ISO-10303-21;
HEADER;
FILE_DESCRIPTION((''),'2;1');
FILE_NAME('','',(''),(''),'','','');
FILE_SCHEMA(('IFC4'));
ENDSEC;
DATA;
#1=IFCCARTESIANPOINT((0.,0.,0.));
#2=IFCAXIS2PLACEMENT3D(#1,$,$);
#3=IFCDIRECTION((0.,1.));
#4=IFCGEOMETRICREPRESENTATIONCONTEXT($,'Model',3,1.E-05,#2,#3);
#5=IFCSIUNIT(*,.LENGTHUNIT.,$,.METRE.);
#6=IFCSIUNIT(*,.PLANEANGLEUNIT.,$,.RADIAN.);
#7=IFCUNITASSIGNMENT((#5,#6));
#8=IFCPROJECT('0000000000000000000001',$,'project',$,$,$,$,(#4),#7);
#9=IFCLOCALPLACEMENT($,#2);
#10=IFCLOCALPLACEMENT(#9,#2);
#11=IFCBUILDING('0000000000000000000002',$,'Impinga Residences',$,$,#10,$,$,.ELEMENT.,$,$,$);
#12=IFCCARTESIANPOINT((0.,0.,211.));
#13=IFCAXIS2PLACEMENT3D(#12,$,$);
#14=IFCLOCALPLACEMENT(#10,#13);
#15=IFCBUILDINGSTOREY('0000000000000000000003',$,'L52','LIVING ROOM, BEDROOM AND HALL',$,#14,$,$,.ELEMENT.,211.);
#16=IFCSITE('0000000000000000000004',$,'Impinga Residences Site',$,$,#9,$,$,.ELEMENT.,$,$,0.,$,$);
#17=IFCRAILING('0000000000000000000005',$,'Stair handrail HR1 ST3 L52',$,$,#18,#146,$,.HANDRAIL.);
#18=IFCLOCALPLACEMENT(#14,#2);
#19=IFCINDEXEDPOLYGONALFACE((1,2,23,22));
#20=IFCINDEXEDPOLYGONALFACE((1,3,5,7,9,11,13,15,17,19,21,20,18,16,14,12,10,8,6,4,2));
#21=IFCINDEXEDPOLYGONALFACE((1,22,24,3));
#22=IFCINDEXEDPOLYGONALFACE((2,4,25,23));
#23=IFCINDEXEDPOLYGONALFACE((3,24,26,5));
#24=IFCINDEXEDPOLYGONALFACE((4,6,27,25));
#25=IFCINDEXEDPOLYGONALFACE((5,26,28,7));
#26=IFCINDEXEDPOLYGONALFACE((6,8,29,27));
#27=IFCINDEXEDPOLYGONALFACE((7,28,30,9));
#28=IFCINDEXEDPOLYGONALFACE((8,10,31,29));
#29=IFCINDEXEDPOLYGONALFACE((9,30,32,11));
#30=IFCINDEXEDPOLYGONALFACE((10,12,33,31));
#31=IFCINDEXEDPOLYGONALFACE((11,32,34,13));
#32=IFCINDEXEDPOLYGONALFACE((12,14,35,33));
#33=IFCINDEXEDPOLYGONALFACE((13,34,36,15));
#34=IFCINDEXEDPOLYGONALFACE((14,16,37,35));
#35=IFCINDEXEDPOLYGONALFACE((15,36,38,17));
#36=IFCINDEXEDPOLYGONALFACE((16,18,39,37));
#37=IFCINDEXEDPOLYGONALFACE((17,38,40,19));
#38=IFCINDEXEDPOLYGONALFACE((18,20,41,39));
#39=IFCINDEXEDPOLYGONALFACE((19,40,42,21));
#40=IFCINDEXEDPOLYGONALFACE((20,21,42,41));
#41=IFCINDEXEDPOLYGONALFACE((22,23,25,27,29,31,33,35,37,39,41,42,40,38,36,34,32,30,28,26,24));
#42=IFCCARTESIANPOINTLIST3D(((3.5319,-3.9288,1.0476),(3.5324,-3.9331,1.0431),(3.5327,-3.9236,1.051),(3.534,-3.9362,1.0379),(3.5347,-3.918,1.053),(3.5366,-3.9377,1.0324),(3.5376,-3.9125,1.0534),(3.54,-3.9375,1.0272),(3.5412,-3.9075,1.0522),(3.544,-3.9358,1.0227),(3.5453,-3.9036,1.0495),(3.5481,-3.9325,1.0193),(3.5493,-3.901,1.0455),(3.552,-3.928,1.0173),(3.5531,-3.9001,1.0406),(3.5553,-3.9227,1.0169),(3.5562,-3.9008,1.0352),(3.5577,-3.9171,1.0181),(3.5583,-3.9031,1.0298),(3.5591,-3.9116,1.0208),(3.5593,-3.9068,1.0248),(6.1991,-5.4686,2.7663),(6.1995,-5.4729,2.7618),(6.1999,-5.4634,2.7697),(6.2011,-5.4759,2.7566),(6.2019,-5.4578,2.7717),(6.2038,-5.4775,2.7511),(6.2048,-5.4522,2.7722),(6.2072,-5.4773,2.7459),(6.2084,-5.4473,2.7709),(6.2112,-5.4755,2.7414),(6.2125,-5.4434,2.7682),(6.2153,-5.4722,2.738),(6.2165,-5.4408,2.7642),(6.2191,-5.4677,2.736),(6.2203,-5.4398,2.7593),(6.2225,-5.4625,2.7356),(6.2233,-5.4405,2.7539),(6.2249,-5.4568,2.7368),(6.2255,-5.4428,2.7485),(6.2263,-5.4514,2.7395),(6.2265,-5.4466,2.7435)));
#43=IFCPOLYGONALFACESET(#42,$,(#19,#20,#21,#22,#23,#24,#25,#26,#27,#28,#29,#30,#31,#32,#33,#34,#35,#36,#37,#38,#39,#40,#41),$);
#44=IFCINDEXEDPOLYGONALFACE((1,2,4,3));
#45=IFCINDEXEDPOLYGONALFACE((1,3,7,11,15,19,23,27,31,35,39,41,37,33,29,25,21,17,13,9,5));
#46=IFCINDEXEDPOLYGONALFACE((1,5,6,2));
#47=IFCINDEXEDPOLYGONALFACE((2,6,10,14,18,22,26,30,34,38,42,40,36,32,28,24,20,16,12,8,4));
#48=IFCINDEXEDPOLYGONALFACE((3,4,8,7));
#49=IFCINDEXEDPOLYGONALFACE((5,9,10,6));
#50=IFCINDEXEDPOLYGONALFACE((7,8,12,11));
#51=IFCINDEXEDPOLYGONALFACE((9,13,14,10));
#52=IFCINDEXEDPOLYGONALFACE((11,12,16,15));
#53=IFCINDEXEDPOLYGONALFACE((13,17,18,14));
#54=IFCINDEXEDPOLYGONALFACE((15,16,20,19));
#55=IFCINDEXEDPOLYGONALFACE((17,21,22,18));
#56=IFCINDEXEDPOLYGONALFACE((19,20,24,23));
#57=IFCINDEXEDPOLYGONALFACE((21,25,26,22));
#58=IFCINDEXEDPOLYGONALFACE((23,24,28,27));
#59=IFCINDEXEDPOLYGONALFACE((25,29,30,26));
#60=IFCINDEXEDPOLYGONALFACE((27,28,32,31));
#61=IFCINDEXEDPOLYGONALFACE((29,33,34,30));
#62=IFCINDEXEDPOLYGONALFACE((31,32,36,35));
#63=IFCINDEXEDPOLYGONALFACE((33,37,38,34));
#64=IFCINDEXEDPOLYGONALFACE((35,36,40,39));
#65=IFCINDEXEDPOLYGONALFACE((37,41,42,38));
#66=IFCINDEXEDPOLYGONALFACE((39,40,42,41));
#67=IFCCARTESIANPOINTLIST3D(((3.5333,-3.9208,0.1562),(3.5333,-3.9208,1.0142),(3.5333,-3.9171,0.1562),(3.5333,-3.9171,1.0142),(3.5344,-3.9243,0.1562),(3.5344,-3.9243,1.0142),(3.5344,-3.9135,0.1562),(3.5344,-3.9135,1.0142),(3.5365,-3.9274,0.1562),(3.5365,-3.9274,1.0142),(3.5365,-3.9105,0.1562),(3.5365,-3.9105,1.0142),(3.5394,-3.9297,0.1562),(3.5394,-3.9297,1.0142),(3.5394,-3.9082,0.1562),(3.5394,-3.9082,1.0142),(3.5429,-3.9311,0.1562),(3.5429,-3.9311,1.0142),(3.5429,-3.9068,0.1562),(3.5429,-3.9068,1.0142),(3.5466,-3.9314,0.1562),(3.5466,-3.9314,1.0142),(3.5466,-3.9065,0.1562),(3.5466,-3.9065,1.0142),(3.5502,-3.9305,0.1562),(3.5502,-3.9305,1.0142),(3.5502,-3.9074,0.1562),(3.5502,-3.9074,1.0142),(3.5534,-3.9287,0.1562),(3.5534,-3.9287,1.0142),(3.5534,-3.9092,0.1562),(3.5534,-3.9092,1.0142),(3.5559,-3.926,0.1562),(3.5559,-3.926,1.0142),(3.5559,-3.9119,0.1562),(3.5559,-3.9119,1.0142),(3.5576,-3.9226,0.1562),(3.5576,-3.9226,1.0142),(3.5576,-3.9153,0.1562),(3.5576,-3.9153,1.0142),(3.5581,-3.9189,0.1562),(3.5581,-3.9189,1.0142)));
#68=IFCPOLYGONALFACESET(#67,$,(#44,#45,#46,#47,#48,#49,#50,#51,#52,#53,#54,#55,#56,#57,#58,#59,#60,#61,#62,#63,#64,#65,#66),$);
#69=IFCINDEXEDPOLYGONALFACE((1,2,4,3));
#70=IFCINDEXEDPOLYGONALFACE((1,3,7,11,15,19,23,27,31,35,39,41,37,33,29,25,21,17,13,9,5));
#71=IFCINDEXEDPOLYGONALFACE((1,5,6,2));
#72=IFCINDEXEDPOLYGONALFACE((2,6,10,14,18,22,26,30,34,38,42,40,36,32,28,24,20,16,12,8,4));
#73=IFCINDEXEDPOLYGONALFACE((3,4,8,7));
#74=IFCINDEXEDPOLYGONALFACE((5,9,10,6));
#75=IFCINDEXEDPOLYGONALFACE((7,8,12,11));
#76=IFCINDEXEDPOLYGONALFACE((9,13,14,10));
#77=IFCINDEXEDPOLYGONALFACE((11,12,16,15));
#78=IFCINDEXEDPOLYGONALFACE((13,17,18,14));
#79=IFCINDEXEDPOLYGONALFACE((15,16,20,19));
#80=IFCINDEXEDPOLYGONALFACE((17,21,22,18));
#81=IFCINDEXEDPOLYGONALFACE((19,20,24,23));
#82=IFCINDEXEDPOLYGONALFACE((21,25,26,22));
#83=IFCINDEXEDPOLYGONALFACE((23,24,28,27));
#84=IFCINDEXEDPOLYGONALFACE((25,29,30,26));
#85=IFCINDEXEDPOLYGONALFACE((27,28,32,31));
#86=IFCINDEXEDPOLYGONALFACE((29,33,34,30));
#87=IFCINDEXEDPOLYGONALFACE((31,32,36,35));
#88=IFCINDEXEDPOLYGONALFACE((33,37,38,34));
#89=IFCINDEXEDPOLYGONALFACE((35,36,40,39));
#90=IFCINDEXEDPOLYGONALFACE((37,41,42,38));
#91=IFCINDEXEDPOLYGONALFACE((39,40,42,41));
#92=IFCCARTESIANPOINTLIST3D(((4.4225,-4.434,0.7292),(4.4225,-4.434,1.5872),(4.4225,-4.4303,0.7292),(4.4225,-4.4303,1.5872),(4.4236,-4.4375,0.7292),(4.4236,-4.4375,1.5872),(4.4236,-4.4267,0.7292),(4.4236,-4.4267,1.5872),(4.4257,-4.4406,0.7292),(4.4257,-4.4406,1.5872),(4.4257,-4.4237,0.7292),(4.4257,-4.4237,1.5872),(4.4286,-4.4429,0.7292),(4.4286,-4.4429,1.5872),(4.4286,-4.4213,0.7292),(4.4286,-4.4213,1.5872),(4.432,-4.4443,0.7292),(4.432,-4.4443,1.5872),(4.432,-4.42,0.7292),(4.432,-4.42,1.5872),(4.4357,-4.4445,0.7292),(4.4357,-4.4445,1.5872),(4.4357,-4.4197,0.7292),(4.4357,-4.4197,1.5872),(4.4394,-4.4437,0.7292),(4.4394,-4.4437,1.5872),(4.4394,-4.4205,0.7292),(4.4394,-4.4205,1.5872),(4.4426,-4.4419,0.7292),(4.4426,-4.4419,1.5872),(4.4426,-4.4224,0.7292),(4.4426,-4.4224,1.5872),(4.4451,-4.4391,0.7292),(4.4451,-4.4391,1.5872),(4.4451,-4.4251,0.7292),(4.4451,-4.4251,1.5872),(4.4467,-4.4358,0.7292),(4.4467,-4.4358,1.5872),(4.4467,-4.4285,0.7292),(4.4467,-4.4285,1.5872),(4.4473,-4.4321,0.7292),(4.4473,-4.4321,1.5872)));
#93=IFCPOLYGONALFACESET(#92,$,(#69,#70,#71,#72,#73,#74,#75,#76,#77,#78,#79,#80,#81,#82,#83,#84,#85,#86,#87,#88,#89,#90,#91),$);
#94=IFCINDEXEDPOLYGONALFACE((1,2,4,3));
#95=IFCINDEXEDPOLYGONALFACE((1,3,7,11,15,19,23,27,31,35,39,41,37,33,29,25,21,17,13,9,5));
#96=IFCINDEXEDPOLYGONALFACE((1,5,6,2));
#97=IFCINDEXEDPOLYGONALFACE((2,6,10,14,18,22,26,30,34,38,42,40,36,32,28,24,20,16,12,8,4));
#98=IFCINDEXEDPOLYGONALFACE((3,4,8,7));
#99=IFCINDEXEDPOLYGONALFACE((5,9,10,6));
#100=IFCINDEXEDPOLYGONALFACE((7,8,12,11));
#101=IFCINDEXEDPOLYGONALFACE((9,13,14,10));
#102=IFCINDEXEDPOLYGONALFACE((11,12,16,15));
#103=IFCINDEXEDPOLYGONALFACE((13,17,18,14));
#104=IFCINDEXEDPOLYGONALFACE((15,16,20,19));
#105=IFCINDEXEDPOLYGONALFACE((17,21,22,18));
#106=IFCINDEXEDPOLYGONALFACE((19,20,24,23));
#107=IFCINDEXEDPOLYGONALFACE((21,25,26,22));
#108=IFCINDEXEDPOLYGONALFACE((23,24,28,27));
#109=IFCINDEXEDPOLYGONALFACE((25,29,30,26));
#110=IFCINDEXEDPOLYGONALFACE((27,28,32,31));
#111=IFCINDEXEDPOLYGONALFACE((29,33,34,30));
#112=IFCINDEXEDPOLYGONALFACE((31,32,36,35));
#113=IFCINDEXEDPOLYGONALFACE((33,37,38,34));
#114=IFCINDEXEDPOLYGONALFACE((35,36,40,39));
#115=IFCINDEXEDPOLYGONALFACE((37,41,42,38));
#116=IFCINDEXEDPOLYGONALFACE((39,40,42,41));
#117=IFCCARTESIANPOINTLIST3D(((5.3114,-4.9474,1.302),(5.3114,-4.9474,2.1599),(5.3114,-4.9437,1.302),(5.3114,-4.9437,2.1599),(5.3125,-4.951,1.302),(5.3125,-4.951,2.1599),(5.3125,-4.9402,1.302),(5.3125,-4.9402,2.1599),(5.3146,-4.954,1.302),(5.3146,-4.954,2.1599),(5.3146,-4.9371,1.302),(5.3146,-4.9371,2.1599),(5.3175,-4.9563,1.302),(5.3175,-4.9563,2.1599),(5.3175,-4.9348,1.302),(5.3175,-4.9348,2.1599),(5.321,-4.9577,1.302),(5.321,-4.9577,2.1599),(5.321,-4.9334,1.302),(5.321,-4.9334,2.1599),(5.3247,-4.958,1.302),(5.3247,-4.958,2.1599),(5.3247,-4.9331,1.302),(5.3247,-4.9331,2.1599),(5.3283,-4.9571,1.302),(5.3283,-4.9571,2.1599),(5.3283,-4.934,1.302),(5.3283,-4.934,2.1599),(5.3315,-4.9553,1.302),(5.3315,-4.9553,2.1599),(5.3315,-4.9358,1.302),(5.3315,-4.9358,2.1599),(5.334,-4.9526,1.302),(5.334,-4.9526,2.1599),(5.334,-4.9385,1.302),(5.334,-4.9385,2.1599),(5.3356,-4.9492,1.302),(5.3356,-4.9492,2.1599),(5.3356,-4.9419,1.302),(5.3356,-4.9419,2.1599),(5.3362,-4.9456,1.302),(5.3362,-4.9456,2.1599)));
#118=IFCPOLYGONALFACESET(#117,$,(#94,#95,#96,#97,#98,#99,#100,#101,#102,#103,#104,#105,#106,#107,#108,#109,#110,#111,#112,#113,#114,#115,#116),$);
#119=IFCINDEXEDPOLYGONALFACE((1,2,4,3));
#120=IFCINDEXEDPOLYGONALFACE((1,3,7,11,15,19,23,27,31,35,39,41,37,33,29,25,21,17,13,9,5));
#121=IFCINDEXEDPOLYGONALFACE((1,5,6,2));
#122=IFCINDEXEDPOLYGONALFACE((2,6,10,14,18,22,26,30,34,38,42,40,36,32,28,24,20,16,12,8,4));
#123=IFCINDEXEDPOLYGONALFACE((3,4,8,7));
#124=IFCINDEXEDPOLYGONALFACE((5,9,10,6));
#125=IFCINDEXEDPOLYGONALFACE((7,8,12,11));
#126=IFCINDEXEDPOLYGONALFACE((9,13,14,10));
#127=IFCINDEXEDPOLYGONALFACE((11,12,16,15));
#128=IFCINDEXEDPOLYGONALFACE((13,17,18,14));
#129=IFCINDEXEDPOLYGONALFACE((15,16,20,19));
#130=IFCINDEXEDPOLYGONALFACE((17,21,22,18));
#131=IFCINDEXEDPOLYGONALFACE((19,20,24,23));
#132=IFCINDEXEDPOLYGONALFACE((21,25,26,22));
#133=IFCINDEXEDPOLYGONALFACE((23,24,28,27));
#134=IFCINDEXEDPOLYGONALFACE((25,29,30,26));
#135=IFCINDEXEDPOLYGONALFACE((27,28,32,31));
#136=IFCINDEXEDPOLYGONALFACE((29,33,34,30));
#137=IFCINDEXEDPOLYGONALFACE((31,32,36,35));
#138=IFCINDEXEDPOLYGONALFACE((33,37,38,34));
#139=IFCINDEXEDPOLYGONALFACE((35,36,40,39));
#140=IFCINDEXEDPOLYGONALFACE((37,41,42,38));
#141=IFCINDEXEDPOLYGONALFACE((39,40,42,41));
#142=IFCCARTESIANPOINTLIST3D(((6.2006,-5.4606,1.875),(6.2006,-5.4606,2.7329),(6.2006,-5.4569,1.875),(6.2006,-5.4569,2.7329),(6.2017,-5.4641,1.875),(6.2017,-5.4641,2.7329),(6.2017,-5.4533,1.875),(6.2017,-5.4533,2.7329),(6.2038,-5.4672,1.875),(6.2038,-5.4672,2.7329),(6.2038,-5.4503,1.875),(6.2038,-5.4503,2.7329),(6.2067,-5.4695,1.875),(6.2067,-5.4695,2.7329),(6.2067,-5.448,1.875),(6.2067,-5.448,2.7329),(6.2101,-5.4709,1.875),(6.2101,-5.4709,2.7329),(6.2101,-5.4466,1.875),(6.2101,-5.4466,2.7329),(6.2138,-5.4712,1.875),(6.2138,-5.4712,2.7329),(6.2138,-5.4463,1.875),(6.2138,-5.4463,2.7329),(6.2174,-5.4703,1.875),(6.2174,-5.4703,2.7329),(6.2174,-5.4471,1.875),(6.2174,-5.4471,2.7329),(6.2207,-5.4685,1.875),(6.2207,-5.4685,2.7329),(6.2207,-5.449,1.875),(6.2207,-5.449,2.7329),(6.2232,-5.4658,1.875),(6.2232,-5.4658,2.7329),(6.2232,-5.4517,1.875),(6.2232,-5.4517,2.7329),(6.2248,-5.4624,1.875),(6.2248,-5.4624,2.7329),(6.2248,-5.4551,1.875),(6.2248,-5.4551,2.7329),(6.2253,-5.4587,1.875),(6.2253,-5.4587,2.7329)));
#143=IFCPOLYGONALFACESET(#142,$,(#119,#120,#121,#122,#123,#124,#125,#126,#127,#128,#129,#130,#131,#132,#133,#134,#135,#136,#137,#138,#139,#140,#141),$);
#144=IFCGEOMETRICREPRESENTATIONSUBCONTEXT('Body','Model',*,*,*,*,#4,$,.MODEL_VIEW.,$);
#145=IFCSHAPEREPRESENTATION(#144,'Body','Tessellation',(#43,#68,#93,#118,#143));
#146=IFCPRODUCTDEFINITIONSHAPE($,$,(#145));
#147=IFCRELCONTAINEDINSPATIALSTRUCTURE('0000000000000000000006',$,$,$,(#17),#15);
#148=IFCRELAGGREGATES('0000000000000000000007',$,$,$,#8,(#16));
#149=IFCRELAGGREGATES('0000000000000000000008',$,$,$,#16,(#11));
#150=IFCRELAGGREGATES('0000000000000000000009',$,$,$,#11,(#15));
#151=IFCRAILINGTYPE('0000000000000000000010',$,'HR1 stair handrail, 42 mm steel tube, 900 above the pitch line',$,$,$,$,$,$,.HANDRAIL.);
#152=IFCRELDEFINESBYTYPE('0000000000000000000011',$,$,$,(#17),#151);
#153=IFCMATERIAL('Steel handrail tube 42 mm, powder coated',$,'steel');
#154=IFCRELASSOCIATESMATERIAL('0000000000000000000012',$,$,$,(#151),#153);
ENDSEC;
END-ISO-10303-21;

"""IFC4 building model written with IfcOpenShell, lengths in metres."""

from ifc_helpers import new_model, si_unit, direction, frame, origin, origin_2d, place, context, subcontext, project, spatial, circle, extrude, material, type_object, element, save


model = new_model("IFC4")

# Units and contexts
model_context = context("Model", 3, precision=1e-05, world=origin(), true_north=direction((0.0, 1.0)))
body_context = subcontext(model_context, "Body", "Model", "MODEL_VIEW")
ifc_project = project(units=[si_unit("LENGTHUNIT", "METRE"), si_unit("PLANEANGLEUNIT", "RADIAN")], contexts=[model_context])

# Site, building, storey
site_placement = place(None, origin())
site = spatial("IfcSite", under=ifc_project, at=site_placement, Name="Impinga Residences Site", CompositionType="ELEMENT", RefElevation=0.0)
building_placement = place(site_placement, origin())
building = spatial("IfcBuilding", under=site, at=building_placement, Name="Impinga Residences", CompositionType="ELEMENT")
storey_placement = place(building_placement, frame((0.0, 0.0, 211.0)))
storey = spatial("IfcBuildingStorey", under=building, at=storey_placement, Name="L52", Description="LIVING ROOM, BEDROOM AND HALL", CompositionType="ELEMENT", Elevation=211.0)

# Railing
ifc_material_1 = material(Name="Steel handrail tube 42 mm, powder coated", Category="steel")
railing_type = type_object("IfcRailingType", Name="HR1 stair handrail, 42 mm steel tube, 900 above the pitch line", PredefinedType="HANDRAIL", material=ifc_material_1)
railing_1_placement = place(storey_placement, frame((3.5457, -3.9189, 0.1562)))
element("IfcRailing", 1, at=railing_1_placement, inside=storey, type_object=railing_type, Name="Stair handrail HR1 ST3 L52", PredefinedType="HANDRAIL", context=body_context, shape_type="SweptSolid", body=[
    extrude(circle(Radius=0.021, at=origin_2d()), frame((0.0, 0.0, 0.8789), z_axis=(0.756249, -0.436582, 0.487322), x_axis=(0.499967, 0.866044, 0.0)), (0.0, 0.0, 1.0), 3.5269),
    extrude(circle(Radius=0.0125, at=origin_2d()), origin(), (0.0, 0.0, 1.0), 0.8579),
    extrude(circle(Radius=0.0125, at=origin_2d()), frame((0.8892, -0.5132, 0.573)), (0.0, 0.0, 1.0), 0.8579),
    extrude(circle(Radius=0.0125, at=origin_2d()), frame((1.7781, -1.0266, 1.1458)), (0.0, 0.0, 1.0), 0.8579),
    extrude(circle(Radius=0.0125, at=origin_2d()), frame((2.6672, -1.5398, 1.7188)), (0.0, 0.0, 1.0), 0.8579),
])

save(model, "model.ifc")
